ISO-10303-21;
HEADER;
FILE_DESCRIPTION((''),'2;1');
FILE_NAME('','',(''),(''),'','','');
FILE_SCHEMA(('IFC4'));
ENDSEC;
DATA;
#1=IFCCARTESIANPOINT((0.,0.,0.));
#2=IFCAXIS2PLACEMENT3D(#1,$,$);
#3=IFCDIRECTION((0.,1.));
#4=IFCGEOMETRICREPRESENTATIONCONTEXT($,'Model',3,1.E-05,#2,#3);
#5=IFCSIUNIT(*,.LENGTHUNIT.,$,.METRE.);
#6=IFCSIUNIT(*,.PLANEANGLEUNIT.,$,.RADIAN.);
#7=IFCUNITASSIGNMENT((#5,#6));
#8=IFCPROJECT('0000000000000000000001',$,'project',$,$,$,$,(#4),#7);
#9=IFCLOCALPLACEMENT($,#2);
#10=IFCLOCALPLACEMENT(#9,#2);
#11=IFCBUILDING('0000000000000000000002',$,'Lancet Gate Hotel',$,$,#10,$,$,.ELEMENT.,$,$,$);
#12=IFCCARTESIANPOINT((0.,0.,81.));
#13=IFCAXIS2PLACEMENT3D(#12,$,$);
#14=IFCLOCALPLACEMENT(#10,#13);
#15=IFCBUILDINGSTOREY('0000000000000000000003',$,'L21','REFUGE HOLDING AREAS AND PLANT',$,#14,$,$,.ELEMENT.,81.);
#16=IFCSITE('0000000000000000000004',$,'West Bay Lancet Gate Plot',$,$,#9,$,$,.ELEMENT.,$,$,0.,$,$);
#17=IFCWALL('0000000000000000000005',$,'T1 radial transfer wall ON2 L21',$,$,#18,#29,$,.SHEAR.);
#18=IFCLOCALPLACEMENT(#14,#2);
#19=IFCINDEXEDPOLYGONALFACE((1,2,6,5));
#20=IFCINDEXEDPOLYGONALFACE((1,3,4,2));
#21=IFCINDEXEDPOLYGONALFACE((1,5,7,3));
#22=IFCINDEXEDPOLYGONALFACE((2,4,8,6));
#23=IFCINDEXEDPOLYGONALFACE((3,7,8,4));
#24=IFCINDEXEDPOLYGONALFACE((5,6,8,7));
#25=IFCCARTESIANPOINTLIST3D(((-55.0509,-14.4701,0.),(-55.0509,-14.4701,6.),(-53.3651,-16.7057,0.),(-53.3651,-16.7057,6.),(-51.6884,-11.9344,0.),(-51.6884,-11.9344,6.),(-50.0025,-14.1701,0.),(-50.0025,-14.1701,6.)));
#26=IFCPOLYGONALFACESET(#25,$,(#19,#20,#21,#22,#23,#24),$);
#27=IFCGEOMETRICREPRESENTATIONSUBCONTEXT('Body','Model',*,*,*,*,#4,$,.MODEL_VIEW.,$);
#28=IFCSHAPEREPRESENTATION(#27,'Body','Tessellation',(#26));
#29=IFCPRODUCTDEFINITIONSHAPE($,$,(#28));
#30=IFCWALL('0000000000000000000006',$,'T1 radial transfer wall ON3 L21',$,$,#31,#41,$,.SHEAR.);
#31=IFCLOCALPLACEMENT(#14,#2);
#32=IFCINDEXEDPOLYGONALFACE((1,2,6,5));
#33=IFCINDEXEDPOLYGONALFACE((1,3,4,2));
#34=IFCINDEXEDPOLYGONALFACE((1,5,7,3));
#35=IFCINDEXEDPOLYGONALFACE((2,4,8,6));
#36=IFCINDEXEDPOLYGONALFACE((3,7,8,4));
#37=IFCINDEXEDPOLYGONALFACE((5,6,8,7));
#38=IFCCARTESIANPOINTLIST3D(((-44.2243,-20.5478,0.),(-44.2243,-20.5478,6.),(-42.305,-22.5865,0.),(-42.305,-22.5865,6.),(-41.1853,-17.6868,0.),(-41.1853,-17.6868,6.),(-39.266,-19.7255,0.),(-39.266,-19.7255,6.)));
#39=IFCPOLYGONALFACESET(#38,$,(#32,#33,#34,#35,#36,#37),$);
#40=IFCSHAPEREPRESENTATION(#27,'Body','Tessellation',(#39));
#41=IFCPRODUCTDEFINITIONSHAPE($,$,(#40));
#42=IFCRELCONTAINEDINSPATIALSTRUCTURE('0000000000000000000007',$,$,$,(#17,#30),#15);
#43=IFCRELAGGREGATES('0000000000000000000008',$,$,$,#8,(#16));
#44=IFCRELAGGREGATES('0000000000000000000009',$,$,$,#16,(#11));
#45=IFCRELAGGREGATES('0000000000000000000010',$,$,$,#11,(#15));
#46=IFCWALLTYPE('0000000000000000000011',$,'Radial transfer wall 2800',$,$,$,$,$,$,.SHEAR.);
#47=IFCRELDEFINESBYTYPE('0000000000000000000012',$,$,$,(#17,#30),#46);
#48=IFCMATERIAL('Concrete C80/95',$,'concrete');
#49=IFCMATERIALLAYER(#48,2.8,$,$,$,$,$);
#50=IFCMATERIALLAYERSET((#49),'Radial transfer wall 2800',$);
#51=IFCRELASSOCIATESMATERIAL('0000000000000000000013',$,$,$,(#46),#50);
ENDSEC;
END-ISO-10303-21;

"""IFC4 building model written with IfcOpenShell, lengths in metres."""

from ifc_helpers import new_model, si_unit, direction, frame, frame_2d, origin, place, context, subcontext, project, spatial, rectangle, extrude, material, layer, layer_set, type_object, element, save


model = new_model("IFC4")

# Units and contexts
model_context = context("Model", 3, precision=1e-05, world=origin(), true_north=direction((0.0, 1.0)))
body_context = subcontext(model_context, "Body", "Model", "MODEL_VIEW")
ifc_project = project(units=[si_unit("LENGTHUNIT", "METRE"), si_unit("PLANEANGLEUNIT", "RADIAN")], contexts=[model_context])

# Site, building, storey
site_placement = place(None, origin())
site = spatial("IfcSite", under=ifc_project, at=site_placement, Name="West Bay Lancet Gate Plot", CompositionType="ELEMENT", RefElevation=0.0)
building_placement = place(site_placement, origin())
building = spatial("IfcBuilding", under=site, at=building_placement, Name="Lancet Gate Hotel", CompositionType="ELEMENT")
storey_placement = place(building_placement, frame((0.0, 0.0, 81.0)))
storey = spatial("IfcBuildingStorey", under=building, at=storey_placement, Name="L21", Description="REFUGE HOLDING AREAS AND PLANT", CompositionType="ELEMENT", Elevation=81.0)

# Walls
ifc_material_1 = material(Name="Concrete C80/95", Category="concrete")
ifc_layer_1 = layer(ifc_material_1, 2.8)
ifc_layer_set_1 = layer_set([ifc_layer_1], Name="Radial transfer wall 2800")
wall_type_1 = type_object("IfcWallType", Name="Radial transfer wall 2800", PredefinedType="SHEAR", material=ifc_layer_set_1)
wall_1_placement = place(storey_placement, frame((-54.208, -15.5879, 0.0), z_axis=(0.0, 0.0, 1.0), x_axis=(0.798432, 0.602085, 0.0)))
element("IfcWall", 1, at=wall_1_placement, inside=storey, type_object=wall_type_1, Name="T1 radial transfer wall ON2 L21", PredefinedType="SHEAR", context=body_context, shape_type="SweptSolid", body=[
    extrude(rectangle(XDim=4.2114, YDim=2.8, at=frame_2d((2.1057, 0.0))), origin(), (0.0, 0.0, 1.0), 6.0),
])
wall_2_placement = place(storey_placement, frame((-43.2646, -21.5671, 0.0), z_axis=(0.0, 0.0, 1.0), x_axis=(0.728106, 0.685465, 0.0)))
element("IfcWall", 2, at=wall_2_placement, inside=storey, type_object=wall_type_1, Name="T1 radial transfer wall ON3 L21", PredefinedType="SHEAR", context=body_context, shape_type="SweptSolid", body=[
    extrude(rectangle(XDim=4.1738, YDim=2.8, at=frame_2d((2.0869, 0.0))), origin(), (0.0, 0.0, 1.0), 6.0),
])

save(model, "model.ifc")
